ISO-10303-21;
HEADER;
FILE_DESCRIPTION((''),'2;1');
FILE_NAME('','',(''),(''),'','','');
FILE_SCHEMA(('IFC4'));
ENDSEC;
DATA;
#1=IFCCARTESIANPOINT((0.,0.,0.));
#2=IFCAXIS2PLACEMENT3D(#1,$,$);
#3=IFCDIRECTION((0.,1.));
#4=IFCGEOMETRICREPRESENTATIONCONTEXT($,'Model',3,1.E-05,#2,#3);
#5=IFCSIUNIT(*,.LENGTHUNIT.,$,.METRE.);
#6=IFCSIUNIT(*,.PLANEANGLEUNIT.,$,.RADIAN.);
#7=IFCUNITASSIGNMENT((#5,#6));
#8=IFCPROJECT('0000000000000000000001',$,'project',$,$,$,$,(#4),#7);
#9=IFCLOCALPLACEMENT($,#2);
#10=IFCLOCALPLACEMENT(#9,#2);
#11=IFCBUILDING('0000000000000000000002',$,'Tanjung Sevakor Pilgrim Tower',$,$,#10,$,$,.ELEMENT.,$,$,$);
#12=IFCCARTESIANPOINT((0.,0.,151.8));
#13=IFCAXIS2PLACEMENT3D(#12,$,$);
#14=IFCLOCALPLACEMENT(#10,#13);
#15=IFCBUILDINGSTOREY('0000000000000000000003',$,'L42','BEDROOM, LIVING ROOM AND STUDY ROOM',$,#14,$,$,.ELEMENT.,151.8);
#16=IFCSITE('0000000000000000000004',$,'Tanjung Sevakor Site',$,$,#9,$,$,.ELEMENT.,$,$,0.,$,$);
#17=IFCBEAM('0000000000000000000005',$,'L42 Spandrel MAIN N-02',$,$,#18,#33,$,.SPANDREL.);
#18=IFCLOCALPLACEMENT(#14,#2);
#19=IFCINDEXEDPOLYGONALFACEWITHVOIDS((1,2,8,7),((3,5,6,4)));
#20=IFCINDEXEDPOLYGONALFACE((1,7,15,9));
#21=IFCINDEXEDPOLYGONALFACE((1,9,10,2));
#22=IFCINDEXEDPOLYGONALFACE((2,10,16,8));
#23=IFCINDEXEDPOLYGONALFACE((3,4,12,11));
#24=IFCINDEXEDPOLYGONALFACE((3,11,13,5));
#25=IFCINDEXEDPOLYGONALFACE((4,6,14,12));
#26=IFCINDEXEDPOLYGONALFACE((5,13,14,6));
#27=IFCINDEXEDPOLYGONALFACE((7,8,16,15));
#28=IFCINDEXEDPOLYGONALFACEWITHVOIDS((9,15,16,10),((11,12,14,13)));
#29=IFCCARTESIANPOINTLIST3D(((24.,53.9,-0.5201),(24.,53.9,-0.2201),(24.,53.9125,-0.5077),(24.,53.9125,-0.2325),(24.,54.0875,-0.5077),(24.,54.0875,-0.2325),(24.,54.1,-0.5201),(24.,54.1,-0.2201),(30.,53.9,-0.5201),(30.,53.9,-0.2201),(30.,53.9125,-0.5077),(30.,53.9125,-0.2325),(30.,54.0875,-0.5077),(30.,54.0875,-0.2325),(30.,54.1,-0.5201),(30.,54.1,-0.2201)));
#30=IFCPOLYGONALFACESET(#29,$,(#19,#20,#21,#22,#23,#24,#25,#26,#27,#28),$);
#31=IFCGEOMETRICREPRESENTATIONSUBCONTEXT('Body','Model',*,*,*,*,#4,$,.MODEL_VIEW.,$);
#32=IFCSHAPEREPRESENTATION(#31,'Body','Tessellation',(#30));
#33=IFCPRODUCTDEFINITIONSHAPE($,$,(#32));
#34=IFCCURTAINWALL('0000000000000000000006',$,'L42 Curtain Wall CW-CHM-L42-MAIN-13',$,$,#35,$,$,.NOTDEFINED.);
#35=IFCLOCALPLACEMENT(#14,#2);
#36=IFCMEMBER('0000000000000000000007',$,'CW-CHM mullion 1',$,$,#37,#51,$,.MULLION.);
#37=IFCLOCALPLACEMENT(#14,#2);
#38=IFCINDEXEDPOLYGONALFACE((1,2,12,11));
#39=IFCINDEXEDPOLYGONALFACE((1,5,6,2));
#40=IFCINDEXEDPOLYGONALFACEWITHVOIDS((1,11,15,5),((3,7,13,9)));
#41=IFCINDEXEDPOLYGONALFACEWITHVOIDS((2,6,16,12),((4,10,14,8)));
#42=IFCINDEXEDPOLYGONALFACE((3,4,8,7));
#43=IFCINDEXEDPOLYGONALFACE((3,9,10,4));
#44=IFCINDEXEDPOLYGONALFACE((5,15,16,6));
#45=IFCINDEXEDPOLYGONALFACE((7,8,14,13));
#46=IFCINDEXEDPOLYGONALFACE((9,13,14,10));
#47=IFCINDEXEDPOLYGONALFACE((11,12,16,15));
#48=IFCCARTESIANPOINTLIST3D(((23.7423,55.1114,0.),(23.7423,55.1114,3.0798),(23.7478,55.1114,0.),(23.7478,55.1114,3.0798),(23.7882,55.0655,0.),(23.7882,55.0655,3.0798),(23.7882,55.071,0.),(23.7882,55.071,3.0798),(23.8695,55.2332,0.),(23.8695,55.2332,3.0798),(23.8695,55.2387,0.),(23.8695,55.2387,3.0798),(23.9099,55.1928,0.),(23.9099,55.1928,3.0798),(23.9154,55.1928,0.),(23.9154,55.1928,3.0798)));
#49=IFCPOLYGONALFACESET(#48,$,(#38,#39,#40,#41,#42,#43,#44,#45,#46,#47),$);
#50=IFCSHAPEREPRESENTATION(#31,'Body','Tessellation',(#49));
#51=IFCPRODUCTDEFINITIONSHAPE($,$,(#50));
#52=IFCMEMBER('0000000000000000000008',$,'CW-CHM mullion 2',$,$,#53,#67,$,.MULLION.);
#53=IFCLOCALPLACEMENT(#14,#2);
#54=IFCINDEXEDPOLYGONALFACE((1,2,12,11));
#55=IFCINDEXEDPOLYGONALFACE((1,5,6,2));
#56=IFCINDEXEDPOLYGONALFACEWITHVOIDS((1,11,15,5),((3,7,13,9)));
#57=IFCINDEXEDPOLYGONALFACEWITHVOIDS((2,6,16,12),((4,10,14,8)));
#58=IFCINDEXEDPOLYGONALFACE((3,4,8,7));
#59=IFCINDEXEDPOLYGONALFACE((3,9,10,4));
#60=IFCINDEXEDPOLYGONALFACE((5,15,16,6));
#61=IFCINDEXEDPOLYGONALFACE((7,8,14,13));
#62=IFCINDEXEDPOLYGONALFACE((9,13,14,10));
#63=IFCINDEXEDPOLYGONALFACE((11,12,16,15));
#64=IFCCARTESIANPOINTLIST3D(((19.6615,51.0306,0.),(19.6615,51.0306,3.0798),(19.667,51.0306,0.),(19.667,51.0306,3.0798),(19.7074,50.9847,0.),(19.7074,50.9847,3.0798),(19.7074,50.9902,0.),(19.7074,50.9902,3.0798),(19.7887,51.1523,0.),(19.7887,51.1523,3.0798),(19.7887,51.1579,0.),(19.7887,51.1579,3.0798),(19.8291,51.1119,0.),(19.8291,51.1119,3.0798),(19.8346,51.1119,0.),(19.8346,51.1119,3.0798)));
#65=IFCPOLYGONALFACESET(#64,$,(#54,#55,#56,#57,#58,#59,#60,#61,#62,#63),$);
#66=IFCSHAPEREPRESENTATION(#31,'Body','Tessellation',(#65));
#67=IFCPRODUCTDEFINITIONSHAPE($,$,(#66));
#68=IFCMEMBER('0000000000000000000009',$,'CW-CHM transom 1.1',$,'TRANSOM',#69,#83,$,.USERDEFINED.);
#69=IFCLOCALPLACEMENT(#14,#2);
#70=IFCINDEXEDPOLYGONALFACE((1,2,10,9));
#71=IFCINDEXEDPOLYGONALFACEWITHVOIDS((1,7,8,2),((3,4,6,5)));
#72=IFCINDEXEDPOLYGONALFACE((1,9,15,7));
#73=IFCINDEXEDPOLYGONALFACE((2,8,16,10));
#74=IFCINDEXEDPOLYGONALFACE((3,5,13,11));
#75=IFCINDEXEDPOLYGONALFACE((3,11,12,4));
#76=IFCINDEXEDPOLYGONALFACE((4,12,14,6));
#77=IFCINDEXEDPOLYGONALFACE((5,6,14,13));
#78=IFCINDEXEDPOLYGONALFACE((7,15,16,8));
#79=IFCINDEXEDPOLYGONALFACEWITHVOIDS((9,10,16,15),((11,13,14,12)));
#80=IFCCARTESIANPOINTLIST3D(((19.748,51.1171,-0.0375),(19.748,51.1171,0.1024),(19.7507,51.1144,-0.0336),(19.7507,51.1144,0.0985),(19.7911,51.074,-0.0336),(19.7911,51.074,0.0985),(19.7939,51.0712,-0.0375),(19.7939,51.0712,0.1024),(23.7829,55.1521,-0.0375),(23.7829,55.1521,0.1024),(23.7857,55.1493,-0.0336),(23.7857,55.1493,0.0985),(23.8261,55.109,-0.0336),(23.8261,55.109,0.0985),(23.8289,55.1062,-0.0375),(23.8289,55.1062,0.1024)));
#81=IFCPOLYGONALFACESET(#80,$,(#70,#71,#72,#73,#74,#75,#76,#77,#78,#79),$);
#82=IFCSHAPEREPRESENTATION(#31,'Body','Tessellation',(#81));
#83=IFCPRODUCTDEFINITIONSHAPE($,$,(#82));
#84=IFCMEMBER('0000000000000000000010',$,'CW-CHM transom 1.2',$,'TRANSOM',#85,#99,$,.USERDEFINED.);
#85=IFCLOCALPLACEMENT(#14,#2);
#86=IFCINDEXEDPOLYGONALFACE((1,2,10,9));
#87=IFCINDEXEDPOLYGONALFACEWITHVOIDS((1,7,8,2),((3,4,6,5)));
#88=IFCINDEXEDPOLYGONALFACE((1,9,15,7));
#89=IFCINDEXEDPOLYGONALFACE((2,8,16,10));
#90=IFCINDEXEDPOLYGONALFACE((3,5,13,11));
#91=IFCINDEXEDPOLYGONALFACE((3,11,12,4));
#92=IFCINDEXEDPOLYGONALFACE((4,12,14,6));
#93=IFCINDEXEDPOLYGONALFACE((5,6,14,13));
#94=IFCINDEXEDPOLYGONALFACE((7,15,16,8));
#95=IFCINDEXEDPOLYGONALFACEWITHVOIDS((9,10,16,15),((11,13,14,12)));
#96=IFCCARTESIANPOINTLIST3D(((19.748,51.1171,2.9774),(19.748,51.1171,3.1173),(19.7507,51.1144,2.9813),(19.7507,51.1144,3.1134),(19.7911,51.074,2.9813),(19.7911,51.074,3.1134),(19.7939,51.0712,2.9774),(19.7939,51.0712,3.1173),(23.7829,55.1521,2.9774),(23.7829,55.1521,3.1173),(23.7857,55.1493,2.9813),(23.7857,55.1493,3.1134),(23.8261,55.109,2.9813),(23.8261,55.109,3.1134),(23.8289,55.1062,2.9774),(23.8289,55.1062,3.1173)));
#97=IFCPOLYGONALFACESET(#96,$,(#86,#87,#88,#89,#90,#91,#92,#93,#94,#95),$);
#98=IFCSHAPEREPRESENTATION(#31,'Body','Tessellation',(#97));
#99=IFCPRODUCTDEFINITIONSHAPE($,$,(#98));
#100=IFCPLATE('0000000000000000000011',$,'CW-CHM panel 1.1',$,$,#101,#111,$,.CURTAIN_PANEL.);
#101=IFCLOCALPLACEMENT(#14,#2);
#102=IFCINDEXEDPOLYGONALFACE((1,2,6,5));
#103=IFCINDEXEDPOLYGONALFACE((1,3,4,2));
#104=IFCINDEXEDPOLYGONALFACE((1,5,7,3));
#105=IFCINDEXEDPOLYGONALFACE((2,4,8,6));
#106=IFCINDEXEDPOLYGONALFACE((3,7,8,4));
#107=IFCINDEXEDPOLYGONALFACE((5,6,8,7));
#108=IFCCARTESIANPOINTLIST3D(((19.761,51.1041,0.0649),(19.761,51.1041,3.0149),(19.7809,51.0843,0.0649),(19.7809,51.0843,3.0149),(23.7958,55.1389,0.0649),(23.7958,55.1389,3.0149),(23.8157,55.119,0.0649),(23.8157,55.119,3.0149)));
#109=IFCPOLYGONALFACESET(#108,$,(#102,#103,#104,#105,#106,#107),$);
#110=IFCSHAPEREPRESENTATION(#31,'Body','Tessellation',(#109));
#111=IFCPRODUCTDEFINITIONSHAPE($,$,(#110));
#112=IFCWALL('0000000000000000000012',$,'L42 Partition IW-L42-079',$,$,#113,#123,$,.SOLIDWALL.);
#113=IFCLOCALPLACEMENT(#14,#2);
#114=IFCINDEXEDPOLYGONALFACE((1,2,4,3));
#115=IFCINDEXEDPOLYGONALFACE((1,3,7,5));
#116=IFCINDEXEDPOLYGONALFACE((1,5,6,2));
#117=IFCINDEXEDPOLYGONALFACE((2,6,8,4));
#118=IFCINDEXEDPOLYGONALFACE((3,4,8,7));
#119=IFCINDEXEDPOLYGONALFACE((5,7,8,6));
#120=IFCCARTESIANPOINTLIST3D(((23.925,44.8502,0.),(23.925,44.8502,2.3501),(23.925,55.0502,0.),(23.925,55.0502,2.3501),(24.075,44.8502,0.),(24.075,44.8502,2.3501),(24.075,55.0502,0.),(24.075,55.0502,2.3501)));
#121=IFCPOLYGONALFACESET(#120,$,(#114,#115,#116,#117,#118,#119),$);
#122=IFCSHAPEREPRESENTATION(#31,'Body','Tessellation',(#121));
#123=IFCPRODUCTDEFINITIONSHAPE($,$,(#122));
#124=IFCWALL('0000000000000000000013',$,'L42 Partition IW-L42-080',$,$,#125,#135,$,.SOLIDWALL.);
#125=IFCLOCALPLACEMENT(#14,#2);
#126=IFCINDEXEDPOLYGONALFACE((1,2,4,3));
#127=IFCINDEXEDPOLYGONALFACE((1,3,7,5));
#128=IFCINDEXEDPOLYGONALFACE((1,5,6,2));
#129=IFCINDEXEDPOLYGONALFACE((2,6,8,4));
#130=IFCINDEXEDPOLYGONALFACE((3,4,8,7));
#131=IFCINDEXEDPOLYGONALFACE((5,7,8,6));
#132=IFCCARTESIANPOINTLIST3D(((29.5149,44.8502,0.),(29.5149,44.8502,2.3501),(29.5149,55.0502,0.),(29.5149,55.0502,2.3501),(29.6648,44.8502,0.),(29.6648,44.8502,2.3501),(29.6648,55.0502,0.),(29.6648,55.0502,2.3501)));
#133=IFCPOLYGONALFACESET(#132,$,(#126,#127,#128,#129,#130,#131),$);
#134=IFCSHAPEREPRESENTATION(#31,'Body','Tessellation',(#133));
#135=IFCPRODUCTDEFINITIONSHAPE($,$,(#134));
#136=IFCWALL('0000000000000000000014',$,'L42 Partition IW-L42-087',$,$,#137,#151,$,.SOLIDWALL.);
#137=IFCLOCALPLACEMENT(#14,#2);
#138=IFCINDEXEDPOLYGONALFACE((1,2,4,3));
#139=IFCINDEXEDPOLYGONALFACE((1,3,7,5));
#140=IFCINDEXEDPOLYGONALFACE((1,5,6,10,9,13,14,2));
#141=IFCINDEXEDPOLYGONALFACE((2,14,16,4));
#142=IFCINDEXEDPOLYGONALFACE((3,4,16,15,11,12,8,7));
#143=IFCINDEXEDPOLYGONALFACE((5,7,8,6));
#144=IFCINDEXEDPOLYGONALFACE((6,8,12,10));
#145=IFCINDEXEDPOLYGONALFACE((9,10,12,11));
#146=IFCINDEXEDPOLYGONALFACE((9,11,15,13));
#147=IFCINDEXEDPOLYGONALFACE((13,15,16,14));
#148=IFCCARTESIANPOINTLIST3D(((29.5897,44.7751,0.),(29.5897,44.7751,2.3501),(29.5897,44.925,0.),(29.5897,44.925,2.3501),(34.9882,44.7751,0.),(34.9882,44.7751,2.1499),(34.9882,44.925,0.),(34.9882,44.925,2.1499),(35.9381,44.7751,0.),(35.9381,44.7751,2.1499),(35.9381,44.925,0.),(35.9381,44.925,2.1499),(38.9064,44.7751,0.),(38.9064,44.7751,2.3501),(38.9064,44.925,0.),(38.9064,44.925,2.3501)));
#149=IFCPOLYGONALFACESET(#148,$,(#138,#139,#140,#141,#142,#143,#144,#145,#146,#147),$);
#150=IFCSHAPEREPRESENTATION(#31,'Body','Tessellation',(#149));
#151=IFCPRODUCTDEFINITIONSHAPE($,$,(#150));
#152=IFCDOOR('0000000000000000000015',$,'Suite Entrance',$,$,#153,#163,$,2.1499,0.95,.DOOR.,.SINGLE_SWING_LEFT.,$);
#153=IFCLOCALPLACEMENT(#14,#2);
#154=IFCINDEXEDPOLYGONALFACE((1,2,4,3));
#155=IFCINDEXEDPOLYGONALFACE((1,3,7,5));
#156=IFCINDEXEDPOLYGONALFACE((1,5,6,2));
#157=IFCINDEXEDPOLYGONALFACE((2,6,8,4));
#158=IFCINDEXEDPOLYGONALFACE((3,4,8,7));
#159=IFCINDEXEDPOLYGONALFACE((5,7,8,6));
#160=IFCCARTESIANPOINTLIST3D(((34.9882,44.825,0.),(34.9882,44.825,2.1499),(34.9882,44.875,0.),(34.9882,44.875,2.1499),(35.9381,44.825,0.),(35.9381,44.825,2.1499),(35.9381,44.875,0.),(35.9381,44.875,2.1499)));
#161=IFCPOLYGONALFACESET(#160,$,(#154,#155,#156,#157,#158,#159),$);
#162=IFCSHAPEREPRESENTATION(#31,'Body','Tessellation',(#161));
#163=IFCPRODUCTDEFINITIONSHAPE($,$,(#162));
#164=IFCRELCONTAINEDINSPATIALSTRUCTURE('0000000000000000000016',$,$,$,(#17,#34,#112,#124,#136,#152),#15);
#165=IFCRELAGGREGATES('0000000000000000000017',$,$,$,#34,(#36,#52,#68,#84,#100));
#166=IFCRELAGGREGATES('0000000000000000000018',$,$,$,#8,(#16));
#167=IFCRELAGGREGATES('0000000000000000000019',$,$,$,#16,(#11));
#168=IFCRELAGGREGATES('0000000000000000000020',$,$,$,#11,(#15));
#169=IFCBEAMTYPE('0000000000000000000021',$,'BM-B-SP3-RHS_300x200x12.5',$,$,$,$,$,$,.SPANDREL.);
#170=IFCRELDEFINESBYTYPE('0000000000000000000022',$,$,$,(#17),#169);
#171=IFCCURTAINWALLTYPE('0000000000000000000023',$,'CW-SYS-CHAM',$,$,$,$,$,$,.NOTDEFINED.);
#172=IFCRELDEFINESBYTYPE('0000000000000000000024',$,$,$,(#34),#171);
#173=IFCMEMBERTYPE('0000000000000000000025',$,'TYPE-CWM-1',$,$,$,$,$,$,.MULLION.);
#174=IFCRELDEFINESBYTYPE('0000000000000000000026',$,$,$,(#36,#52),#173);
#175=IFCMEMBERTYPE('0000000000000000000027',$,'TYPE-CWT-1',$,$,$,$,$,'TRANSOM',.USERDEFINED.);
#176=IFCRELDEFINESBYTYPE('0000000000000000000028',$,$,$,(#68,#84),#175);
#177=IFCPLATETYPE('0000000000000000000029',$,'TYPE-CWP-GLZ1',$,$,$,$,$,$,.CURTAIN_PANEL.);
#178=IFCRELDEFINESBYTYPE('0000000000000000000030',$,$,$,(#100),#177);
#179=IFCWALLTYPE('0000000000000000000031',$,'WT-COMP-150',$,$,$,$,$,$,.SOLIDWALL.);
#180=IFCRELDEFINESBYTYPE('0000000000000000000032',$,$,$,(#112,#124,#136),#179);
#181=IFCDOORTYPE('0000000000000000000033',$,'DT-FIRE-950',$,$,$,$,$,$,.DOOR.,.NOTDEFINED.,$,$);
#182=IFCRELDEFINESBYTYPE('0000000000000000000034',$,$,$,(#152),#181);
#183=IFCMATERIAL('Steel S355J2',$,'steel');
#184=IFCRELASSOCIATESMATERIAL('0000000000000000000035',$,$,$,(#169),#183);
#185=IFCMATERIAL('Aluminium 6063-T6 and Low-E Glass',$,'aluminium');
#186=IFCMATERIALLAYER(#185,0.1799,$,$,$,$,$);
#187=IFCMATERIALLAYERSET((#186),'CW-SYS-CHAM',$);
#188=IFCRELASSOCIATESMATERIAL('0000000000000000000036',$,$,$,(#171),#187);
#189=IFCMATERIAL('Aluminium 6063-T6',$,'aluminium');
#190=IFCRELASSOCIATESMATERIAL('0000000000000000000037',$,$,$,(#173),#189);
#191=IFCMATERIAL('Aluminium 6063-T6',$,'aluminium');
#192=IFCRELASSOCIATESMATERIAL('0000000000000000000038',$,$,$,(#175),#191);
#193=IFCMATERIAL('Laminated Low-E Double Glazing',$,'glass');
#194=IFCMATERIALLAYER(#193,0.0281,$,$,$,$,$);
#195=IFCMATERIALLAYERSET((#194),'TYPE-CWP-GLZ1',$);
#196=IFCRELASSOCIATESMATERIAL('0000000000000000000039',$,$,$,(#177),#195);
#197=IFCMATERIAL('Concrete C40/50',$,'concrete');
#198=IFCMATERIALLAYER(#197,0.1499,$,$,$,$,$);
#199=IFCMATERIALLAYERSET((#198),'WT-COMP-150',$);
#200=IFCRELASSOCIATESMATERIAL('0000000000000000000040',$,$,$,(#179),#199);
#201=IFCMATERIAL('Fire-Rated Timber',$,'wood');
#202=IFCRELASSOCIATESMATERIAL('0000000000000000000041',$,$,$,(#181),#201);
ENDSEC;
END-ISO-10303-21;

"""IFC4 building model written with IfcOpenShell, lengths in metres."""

from ifc_helpers import new_model, si_unit, direction, frame, frame_2d, origin, origin_2d, place, context, subcontext, project, spatial, rectangle, hollow_rectangle, extrude, material, layer, layer_set, material_profile, profile_set, type_object, element, fill, aggregate, save


model = new_model("IFC4")

# Units and contexts
model_context = context("Model", 3, precision=1e-05, world=origin(), true_north=direction((0.0, 1.0)))
body_context = subcontext(model_context, "Body", "Model", "MODEL_VIEW")
ifc_project = project(units=[si_unit("LENGTHUNIT", "METRE"), si_unit("PLANEANGLEUNIT", "RADIAN")], contexts=[model_context])

# Site, building, storey
site_placement = place(None, origin())
site = spatial("IfcSite", under=ifc_project, at=site_placement, Name="Tanjung Sevakor Site", CompositionType="ELEMENT", RefElevation=0.0)
building_placement = place(site_placement, origin())
building = spatial("IfcBuilding", under=site, at=building_placement, Name="Tanjung Sevakor Pilgrim Tower", CompositionType="ELEMENT")
storey_placement = place(building_placement, frame((0.0, 0.0, 151.8)))
storey = spatial("IfcBuildingStorey", under=building, at=storey_placement, Name="L42", Description="BEDROOM, LIVING ROOM AND STUDY ROOM", CompositionType="ELEMENT", Elevation=151.8)

# Beam
ifc_material_1 = material(Name="Steel S355J2", Category="steel")
ifc_material_profile_1 = material_profile(ifc_material_1, hollow_rectangle(XDim=0.2, YDim=0.3, WallThickness=0.0125, at=origin_2d()))
ifc_profile_set_1 = profile_set([ifc_material_profile_1], Name="Steel S355J2")
beam_type_1 = type_object("IfcBeamType", Name="BM-B-SP3-RHS_300x200x12.5", PredefinedType="SPANDREL", material=ifc_profile_set_1)
beam_1_placement = place(storey_placement, frame((24.0, 54.0, -0.3701), z_axis=(1.0, 0.0, 0.0), x_axis=(0.0, 1.0, 0.0)))
element("IfcBeam", 1, at=beam_1_placement, inside=storey, type_object=beam_type_1, Name="L42 Spandrel MAIN N-02", PredefinedType="SPANDREL", context=body_context, shape_type="SweptSolid", body=[
    extrude(hollow_rectangle(XDim=0.2, YDim=0.3, WallThickness=0.0125, at=origin_2d()), origin(), (0.0, 0.0, 1.0), 6.0),
])

# Curtain wall, members, plate
ifc_material_2 = material(Name="Aluminium 6063-T6 and Low-E Glass", Category="aluminium")
ifc_layer_1 = layer(ifc_material_2, 0.1799)
ifc_layer_set_1 = layer_set([ifc_layer_1], Name="CW-SYS-CHAM")
curtain_wall_type = type_object("IfcCurtainWallType", Name="CW-SYS-CHAM", PredefinedType="NOTDEFINED", material=ifc_layer_set_1)
curtain_wall_placement = place(storey_placement, origin())
curtain_wall = element("IfcCurtainWall", 2, at=curtain_wall_placement, inside=storey, type_object=curtain_wall_type, Name="L42 Curtain Wall CW-CHM-L42-MAIN-13", PredefinedType="NOTDEFINED")
ifc_material_3 = material(Name="Aluminium 6063-T6", Category="aluminium")
ifc_material_profile_2 = material_profile(ifc_material_3, hollow_rectangle(XDim=0.0649, YDim=0.1799, WallThickness=0.0039, at=origin_2d()))
ifc_profile_set_2 = profile_set([ifc_material_profile_2], Name="Aluminium 6063-T6")
member_type_1 = type_object("IfcMemberType", Name="TYPE-CWM-1", PredefinedType="MULLION", material=ifc_profile_set_2)
member_1_placement = place(storey_placement, frame((23.8289, 55.1521, 0.0), z_axis=(0.0, 0.0, 1.0), x_axis=(0.707107, -0.707107, 0.0)))
member_1 = element("IfcMember", 3, at=member_1_placement, type_object=member_type_1, Name="CW-CHM mullion 1", PredefinedType="MULLION", context=body_context, shape_type="SweptSolid", body=[
    extrude(hollow_rectangle(XDim=0.0649, YDim=0.1799, WallThickness=0.0039, at=origin_2d()), origin(), (0.0, 0.0, 1.0), 3.0798),
])
member_2_placement = place(storey_placement, frame((19.748, 51.0713, 0.0), z_axis=(0.0, 0.0, 1.0), x_axis=(0.707107, -0.707107, 0.0)))
member_2 = element("IfcMember", 4, at=member_2_placement, type_object=member_type_1, Name="CW-CHM mullion 2", PredefinedType="MULLION", context=body_context, shape_type="SweptSolid", body=[
    extrude(hollow_rectangle(XDim=0.0649, YDim=0.1799, WallThickness=0.0039, at=origin_2d()), origin(), (0.0, 0.0, 1.0), 3.0798),
])
ifc_material_4 = material(Name="Aluminium 6063-T6", Category="aluminium")
ifc_material_profile_3 = material_profile(ifc_material_4, hollow_rectangle(XDim=0.0649, YDim=0.1399, WallThickness=0.0039, at=origin_2d()))
ifc_profile_set_3 = profile_set([ifc_material_profile_3], Name="Aluminium 6063-T6")
member_type_2 = type_object("IfcMemberType", Name="TYPE-CWT-1", ElementType="TRANSOM", PredefinedType="USERDEFINED", material=ifc_profile_set_3)
member_3_placement = place(storey_placement, frame((23.8059, 55.1292, 0.0325), z_axis=(-0.707107, -0.707107, 0.0), x_axis=(0.707107, -0.707107, 0.0)))
member_3 = element("IfcMember", 5, at=member_3_placement, type_object=member_type_2, Name="CW-CHM transom 1.1", ObjectType="TRANSOM", PredefinedType="USERDEFINED", context=body_context, shape_type="SweptSolid", body=[
    extrude(hollow_rectangle(XDim=0.0649, YDim=0.1399, WallThickness=0.0039, at=origin_2d()), origin(), (0.0, 0.0, 1.0), 5.7063),
])
member_4_placement = place(storey_placement, frame((23.8059, 55.1292, 3.0474), z_axis=(-0.707107, -0.707107, 0.0), x_axis=(0.707107, -0.707107, 0.0)))
member_4 = element("IfcMember", 6, at=member_4_placement, type_object=member_type_2, Name="CW-CHM transom 1.2", ObjectType="TRANSOM", PredefinedType="USERDEFINED", context=body_context, shape_type="SweptSolid", body=[
    extrude(hollow_rectangle(XDim=0.0649, YDim=0.1399, WallThickness=0.0039, at=origin_2d()), origin(), (0.0, 0.0, 1.0), 5.7063),
])
ifc_material_5 = material(Name="Laminated Low-E Double Glazing", Category="glass")
ifc_layer_2 = layer(ifc_material_5, 0.0281)
ifc_layer_set_2 = layer_set([ifc_layer_2], Name="TYPE-CWP-GLZ1")
plate_type = type_object("IfcPlateType", Name="TYPE-CWP-GLZ1", PredefinedType="CURTAIN_PANEL", material=ifc_layer_set_2)
plate_placement = place(storey_placement, frame((21.7883, 53.1116, 0.0649), z_axis=(0.0, 0.0, 1.0), x_axis=(-0.707107, -0.707107, 0.0)))
plate = element("IfcPlate", 7, at=plate_placement, type_object=plate_type, Name="CW-CHM panel 1.1", PredefinedType="CURTAIN_PANEL", context=body_context, shape_type="SweptSolid", body=[
    extrude(rectangle(XDim=5.7061, YDim=0.0281, at=origin_2d()), origin(), (0.0, 0.0, 1.0), 2.95),
])
aggregate(curtain_wall, [member_1, member_2, member_3, member_4, plate])

# Walls
ifc_material_6 = material(Name="Concrete C40/50", Category="concrete")
ifc_layer_3 = layer(ifc_material_6, 0.1499)
ifc_layer_set_3 = layer_set([ifc_layer_3], Name="WT-COMP-150")
wall_type_1 = type_object("IfcWallType", Name="WT-COMP-150", PredefinedType="SOLIDWALL", material=ifc_layer_set_3)
for number, where, z_axis, x_axis, name in (
    (8, (24.0, 44.8501, 0.0), (0.0, 0.0, 1.0), (0.0, 1.0, 0.0), "L42 Partition IW-L42-079"),
    (9, (29.5898, 44.8501, 0.0), (0.0, 0.0, 1.0), (0.0, 1.0, 0.0), "L42 Partition IW-L42-080"),
):
    element("IfcWall", number, at=place(storey_placement, frame(where, z_axis=z_axis, x_axis=x_axis)), inside=storey, type_object=wall_type_1, Name=name, PredefinedType="SOLIDWALL", context=body_context, shape_type="SweptSolid", body=[
        extrude(rectangle(XDim=10.2, YDim=0.1499, at=frame_2d((5.1001, 0.0))), origin(), (0.0, 0.0, 1.0), 2.3501),
    ])

# Wall, opening, door
wall_1_placement = place(storey_placement, frame((29.5898, 44.8501, 0.0), z_axis=(0.0, 0.0, 1.0), x_axis=(1.0, 0.0, 0.0)))
wall_1 = element("IfcWall", 10, at=wall_1_placement, inside=storey, type_object=wall_type_1, Name="L42 Partition IW-L42-087", PredefinedType="SOLIDWALL", context=body_context, shape_type="SweptSolid", body=[
    extrude(rectangle(XDim=9.3167, YDim=0.1499, at=frame_2d((4.6582, 0.0))), origin(), (0.0, 0.0, 1.0), 2.3501),
])
opening_1_placement = place(wall_1_placement, frame((5.3982, 0.0, 0.0)))
opening_1 = element("IfcOpeningElement", 11, at=opening_1_placement, cuts=wall_1, PredefinedType="OPENING", context=body_context, shape_type="SweptSolid", body=[
    extrude(rectangle(XDim=0.95, YDim=2.1499, at=frame_2d((0.4751, 1.075))), frame((0.0, 0.085, 0.0), z_axis=(0.0, -1.0, 0.0), x_axis=(1.0, 0.0, 0.0)), (0.0, 0.0, 1.0), 0.1699),
])
ifc_material_7 = material(Name="Fire-Rated Timber", Category="wood")
door_type_1 = type_object("IfcDoorType", Name="DT-FIRE-950", OperationType="NOTDEFINED", PredefinedType="DOOR", material=ifc_material_7)
door_1_placement = place(opening_1_placement, origin())
door_1 = element("IfcDoor", 12, at=door_1_placement, inside=storey, type_object=door_type_1, Name="Suite Entrance", OperationType="SINGLE_SWING_LEFT", OverallHeight=2.1499, OverallWidth=0.95, PredefinedType="DOOR", context=body_context, shape_type="SweptSolid", body=[
    extrude(rectangle(XDim=0.95, YDim=2.1499, at=frame_2d((0.4751, 1.075))), frame((0.0, 0.0249, 0.0), z_axis=(0.0, -1.0, 0.0), x_axis=(1.0, 0.0, 0.0)), (0.0, 0.0, 1.0), 0.05),
])
fill(opening_1, door_1)

save(model, "model.ifc")
